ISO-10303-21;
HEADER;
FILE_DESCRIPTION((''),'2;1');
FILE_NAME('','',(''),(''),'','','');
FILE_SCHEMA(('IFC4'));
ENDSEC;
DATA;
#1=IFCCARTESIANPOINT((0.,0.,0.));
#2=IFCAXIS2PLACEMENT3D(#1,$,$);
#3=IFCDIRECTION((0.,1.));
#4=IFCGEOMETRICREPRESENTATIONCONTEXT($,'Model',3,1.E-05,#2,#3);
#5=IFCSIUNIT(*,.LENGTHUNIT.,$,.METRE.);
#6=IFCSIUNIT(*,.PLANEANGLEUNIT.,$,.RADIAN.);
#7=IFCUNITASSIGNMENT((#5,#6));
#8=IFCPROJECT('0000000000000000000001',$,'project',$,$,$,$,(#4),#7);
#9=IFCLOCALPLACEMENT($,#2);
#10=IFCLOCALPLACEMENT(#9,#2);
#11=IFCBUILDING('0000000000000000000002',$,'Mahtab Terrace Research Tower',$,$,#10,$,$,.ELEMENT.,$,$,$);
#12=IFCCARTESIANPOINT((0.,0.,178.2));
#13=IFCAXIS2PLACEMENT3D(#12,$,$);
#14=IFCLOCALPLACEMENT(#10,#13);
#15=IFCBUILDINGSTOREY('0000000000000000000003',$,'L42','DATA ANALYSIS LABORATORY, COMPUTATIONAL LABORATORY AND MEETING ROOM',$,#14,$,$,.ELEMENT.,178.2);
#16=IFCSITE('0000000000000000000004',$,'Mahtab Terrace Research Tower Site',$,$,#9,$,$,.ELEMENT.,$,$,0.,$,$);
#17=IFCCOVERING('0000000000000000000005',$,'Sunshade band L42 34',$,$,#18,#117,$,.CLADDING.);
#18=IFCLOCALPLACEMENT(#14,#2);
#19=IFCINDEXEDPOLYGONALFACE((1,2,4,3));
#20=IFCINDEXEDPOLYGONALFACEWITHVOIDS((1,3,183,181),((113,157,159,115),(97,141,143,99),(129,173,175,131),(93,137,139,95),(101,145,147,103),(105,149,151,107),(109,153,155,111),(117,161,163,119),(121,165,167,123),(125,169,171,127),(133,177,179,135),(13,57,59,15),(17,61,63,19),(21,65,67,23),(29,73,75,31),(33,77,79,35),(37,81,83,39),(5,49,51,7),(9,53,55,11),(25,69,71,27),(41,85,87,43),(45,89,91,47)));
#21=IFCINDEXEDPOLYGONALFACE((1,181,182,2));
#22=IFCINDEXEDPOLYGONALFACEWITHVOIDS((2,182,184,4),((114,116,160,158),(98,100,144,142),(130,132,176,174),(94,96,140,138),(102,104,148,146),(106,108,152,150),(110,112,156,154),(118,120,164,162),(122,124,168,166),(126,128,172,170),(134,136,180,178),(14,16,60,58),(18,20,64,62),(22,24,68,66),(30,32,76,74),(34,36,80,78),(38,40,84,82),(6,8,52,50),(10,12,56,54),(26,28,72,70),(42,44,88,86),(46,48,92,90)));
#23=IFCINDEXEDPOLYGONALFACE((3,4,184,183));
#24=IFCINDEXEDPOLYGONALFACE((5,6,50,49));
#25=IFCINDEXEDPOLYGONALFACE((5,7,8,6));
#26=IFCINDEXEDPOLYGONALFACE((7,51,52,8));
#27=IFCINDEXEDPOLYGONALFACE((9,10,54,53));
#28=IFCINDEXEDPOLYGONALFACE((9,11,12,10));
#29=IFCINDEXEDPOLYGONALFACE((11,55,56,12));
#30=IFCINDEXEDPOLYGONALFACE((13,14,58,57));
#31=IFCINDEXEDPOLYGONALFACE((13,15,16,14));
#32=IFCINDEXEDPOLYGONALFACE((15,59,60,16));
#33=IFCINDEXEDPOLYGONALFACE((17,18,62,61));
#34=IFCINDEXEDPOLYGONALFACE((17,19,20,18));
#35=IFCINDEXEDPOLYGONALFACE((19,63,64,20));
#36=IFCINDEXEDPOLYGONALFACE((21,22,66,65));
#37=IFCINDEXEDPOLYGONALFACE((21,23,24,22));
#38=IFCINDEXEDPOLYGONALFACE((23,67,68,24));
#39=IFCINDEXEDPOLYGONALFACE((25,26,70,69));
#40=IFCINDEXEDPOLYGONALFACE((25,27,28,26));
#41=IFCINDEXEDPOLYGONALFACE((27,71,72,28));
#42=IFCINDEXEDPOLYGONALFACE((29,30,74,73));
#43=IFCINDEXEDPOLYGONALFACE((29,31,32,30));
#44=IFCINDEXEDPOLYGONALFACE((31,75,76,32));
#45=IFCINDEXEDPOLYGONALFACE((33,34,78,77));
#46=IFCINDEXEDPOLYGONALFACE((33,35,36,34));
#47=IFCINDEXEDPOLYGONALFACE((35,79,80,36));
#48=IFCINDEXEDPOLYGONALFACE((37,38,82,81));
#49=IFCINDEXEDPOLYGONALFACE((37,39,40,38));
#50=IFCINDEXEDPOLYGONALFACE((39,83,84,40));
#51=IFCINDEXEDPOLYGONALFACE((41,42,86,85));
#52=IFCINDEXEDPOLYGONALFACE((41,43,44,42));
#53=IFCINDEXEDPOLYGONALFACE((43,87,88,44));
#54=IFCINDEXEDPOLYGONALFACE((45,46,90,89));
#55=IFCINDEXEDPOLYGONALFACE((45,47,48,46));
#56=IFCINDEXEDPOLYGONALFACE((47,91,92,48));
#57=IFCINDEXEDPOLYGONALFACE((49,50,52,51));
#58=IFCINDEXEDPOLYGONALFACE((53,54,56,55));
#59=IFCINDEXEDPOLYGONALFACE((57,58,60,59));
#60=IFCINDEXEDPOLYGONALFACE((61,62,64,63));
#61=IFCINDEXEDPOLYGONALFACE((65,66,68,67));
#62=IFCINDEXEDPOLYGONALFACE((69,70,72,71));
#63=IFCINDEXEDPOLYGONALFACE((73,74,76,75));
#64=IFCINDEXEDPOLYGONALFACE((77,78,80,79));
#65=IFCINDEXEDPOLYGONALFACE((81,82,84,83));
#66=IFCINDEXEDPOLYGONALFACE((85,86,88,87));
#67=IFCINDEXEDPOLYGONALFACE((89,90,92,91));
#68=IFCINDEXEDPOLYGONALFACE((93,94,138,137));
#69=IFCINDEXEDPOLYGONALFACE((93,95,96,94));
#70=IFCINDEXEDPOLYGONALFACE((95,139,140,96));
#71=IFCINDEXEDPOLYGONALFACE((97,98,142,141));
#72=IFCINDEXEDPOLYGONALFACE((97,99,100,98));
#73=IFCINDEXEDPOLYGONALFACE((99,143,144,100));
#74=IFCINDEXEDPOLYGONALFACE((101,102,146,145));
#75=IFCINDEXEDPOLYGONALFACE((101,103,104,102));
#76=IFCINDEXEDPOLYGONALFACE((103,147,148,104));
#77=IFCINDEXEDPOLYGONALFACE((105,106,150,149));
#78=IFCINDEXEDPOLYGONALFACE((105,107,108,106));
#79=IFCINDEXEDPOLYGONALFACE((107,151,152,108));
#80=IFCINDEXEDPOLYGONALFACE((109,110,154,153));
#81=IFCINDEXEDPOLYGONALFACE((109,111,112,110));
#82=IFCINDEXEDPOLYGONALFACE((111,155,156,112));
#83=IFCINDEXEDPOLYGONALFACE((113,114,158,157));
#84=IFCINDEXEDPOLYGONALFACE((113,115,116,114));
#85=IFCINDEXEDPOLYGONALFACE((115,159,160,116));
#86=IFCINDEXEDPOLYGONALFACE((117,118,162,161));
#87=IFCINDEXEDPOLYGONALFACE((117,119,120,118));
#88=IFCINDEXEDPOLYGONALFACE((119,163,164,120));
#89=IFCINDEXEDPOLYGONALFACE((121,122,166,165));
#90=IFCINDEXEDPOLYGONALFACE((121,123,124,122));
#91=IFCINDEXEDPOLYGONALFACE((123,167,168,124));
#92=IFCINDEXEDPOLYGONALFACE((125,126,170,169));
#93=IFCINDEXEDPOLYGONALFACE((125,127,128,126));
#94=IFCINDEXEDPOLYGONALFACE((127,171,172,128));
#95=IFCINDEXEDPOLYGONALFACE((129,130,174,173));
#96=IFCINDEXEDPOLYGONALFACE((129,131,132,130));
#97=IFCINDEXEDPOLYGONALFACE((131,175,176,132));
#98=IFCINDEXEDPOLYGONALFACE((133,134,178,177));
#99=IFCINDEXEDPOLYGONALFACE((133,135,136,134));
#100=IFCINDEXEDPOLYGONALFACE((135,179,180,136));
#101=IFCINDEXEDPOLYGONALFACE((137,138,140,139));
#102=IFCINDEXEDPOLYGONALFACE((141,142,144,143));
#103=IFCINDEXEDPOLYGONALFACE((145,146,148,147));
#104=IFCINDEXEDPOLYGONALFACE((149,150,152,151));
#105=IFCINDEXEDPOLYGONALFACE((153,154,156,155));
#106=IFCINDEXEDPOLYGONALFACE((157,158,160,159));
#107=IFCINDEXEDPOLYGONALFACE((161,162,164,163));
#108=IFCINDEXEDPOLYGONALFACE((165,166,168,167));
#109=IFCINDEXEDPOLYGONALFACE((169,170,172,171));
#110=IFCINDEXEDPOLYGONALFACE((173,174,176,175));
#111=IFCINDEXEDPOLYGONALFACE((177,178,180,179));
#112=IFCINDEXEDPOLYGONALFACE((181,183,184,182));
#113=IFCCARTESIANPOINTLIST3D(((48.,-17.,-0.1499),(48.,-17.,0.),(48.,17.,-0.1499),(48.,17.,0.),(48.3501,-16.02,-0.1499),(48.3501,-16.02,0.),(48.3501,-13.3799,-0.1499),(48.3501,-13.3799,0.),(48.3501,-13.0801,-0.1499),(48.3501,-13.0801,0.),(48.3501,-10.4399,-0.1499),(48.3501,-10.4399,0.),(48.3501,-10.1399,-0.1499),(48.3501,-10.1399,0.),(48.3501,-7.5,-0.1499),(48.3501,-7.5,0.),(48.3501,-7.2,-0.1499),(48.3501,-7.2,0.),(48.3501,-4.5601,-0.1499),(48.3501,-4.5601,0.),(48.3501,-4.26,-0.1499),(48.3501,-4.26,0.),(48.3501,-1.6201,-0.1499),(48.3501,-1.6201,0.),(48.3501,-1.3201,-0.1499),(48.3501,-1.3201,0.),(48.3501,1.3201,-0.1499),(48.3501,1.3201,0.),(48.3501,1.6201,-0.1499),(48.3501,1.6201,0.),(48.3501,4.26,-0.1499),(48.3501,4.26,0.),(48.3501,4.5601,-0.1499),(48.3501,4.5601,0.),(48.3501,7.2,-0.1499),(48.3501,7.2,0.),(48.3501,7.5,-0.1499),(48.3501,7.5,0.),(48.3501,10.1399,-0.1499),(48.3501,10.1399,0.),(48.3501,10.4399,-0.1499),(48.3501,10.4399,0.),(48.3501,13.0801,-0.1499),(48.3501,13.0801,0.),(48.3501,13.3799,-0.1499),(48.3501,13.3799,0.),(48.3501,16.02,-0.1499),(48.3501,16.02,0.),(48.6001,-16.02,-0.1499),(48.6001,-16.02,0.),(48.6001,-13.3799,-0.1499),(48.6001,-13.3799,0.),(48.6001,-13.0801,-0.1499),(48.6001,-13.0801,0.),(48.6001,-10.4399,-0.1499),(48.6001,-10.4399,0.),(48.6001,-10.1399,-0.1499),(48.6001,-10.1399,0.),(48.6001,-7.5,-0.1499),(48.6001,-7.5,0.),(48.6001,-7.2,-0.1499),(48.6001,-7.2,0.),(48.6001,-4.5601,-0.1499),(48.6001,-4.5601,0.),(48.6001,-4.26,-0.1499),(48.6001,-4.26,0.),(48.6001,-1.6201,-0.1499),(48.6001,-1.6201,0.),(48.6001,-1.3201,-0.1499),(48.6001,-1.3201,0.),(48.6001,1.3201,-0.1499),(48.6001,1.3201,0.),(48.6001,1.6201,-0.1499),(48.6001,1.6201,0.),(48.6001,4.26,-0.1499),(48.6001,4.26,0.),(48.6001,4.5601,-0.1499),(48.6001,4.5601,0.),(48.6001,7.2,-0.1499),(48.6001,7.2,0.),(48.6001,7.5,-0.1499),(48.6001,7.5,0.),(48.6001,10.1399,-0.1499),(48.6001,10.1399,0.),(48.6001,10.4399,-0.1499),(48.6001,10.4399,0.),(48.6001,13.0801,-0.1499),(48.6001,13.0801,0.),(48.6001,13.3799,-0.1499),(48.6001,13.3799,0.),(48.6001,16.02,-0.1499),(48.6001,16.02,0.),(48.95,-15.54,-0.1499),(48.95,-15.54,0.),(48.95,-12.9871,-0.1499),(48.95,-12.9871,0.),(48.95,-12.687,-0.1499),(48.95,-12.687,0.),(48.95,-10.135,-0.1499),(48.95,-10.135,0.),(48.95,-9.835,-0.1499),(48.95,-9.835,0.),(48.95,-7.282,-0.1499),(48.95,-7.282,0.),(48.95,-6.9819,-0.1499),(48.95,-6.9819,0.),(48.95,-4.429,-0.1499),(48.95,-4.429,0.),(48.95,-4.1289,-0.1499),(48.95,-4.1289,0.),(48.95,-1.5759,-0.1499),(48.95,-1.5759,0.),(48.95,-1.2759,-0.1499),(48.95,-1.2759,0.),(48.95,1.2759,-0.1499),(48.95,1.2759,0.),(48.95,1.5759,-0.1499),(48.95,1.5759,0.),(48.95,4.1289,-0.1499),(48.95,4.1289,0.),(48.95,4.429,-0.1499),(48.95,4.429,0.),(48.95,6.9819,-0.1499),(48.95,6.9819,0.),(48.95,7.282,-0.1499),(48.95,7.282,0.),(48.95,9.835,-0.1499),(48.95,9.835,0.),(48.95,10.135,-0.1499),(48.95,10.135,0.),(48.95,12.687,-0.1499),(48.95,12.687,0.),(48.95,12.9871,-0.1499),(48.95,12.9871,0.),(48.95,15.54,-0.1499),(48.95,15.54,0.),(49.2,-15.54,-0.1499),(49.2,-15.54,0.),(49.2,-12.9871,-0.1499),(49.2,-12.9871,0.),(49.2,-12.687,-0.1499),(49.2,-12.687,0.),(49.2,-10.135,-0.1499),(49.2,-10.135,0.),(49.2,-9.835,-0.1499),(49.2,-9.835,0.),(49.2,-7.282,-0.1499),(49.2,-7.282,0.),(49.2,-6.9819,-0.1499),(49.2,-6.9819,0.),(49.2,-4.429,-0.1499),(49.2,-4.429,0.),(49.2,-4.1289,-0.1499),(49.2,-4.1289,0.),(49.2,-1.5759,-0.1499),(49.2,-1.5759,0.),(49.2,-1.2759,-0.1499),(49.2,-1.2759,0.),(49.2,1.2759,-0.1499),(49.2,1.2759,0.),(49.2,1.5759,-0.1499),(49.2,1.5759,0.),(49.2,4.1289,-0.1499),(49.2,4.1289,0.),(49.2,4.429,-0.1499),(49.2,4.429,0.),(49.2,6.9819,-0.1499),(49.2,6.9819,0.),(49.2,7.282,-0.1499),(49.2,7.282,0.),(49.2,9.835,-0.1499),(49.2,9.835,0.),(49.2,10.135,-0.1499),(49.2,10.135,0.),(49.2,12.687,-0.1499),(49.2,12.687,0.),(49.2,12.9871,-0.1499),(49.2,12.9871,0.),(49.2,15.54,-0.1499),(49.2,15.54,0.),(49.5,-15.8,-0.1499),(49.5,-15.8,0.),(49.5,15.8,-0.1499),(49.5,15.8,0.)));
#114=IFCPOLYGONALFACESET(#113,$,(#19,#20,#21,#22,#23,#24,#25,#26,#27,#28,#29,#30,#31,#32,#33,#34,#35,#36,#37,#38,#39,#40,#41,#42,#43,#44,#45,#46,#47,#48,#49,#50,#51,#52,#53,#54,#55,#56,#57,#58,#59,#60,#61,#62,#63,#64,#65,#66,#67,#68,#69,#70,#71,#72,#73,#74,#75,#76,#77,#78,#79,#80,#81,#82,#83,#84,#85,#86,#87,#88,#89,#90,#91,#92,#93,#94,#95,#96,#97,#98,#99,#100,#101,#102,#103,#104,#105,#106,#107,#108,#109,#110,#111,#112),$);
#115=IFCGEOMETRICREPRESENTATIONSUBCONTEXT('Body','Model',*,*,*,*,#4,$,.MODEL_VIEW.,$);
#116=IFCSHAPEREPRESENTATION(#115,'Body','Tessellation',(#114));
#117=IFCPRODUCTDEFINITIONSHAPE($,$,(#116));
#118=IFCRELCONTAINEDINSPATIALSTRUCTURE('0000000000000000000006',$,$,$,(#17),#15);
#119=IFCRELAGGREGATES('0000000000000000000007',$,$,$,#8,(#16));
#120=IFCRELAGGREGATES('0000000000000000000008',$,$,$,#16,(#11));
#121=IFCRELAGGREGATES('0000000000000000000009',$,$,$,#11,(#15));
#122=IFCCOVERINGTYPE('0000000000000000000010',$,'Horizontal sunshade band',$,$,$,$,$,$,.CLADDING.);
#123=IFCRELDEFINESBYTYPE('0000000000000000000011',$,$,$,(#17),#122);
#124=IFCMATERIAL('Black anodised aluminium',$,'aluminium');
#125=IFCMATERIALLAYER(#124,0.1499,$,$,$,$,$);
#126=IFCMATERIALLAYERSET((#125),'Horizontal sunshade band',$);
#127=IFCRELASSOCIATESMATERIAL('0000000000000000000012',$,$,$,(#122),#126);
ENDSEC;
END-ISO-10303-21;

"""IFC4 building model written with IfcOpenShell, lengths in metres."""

from ifc_helpers import new_model, si_unit, direction, frame, origin, place, context, subcontext, project, spatial, polyline, outline, extrude, material, layer, layer_set, type_object, element, save


model = new_model("IFC4")

# Units and contexts
model_context = context("Model", 3, precision=1e-05, world=origin(), true_north=direction((0.0, 1.0)))
body_context = subcontext(model_context, "Body", "Model", "MODEL_VIEW")
ifc_project = project(units=[si_unit("LENGTHUNIT", "METRE"), si_unit("PLANEANGLEUNIT", "RADIAN")], contexts=[model_context])

# Site, building, storey
site_placement = place(None, origin())
site = spatial("IfcSite", under=ifc_project, at=site_placement, Name="Mahtab Terrace Research Tower Site", CompositionType="ELEMENT", RefElevation=0.0)
building_placement = place(site_placement, origin())
building = spatial("IfcBuilding", under=site, at=building_placement, Name="Mahtab Terrace Research Tower", CompositionType="ELEMENT")
storey_placement = place(building_placement, frame((0.0, 0.0, 178.2)))
storey = spatial("IfcBuildingStorey", under=building, at=storey_placement, Name="L42", Description="DATA ANALYSIS LABORATORY, COMPUTATIONAL LABORATORY AND MEETING ROOM", CompositionType="ELEMENT", Elevation=178.2)

# Covering
ifc_material_1 = material(Name="Black anodised aluminium", Category="aluminium")
ifc_layer_1 = layer(ifc_material_1, 0.1499)
ifc_layer_set_1 = layer_set([ifc_layer_1], Name="Horizontal sunshade band")
covering_type = type_object("IfcCoveringType", Name="Horizontal sunshade band", PredefinedType="CLADDING", material=ifc_layer_set_1)
covering_1_placement = place(storey_placement, frame((0.0, 0.0, -0.1499)))
element("IfcCovering", 1, at=covering_1_placement, inside=storey, type_object=covering_type, Name="Sunshade band L42 34", PredefinedType="CLADDING", context=body_context, shape_type="SweptSolid", body=[
    extrude(outline(polyline([(48.0, -17.0), (48.0, 17.0), (49.5, 15.8), (49.5, -15.8), (48.0, -17.0)]), holes=[polyline([(48.3501, -16.02), (48.3501, -13.3799), (48.6001, -13.3799), (48.6001, -16.02), (48.3501, -16.02)]), polyline([(48.3501, -13.0801), (48.3501, -10.4399), (48.6001, -10.4399), (48.6001, -13.0801), (48.3501, -13.0801)]), polyline([(48.3501, -10.1399), (48.3501, -7.5), (48.6001, -7.5), (48.6001, -10.1399), (48.3501, -10.1399)]), polyline([(48.3501, -7.2), (48.3501, -4.5601), (48.6001, -4.5601), (48.6001, -7.2), (48.3501, -7.2)]), polyline([(48.3501, -4.26), (48.3501, -1.6201), (48.6001, -1.6201), (48.6001, -4.26), (48.3501, -4.26)]), polyline([(48.3501, -1.3201), (48.3501, 1.3201), (48.6001, 1.3201), (48.6001, -1.3201), (48.3501, -1.3201)]), polyline([(48.3501, 1.6201), (48.3501, 4.26), (48.6001, 4.26), (48.6001, 1.6201), (48.3501, 1.6201)]), polyline([(48.3501, 4.5601), (48.3501, 7.2), (48.6001, 7.2), (48.6001, 4.5601), (48.3501, 4.5601)]), polyline([(48.3501, 7.5), (48.3501, 10.1399), (48.6001, 10.1399), (48.6001, 7.5), (48.3501, 7.5)]), polyline([(48.3501, 10.4399), (48.3501, 13.0801), (48.6001, 13.0801), (48.6001, 10.4399), (48.3501, 10.4399)]), polyline([(48.3501, 13.3799), (48.3501, 16.02), (48.6001, 16.02), (48.6001, 13.3799), (48.3501, 13.3799)]), polyline([(48.95, -15.54), (48.95, -12.9871), (49.2, -12.9871), (49.2, -15.54), (48.95, -15.54)]), polyline([(48.95, -12.687), (48.95, -10.135), (49.2, -10.135), (49.2, -12.687), (48.95, -12.687)]), polyline([(48.95, -9.835), (48.95, -7.282), (49.2, -7.282), (49.2, -9.835), (48.95, -9.835)]), polyline([(48.95, -6.9819), (48.95, -4.429), (49.2, -4.429), (49.2, -6.9819), (48.95, -6.9819)]), polyline([(48.95, -4.1289), (48.95, -1.5759), (49.2, -1.5759), (49.2, -4.1289), (48.95, -4.1289)]), polyline([(48.95, -1.2759), (48.95, 1.2759), (49.2, 1.2759), (49.2, -1.2759), (48.95, -1.2759)]), polyline([(48.95, 1.5759), (48.95, 4.1289), (49.2, 4.1289), (49.2, 1.5759), (48.95, 1.5759)]), polyline([(48.95, 4.429), (48.95, 6.9819), (49.2, 6.9819), (49.2, 4.429), (48.95, 4.429)]), polyline([(48.95, 7.282), (48.95, 9.835), (49.2, 9.835), (49.2, 7.282), (48.95, 7.282)]), polyline([(48.95, 10.135), (48.95, 12.687), (49.2, 12.687), (49.2, 10.135), (48.95, 10.135)]), polyline([(48.95, 12.9871), (48.95, 15.54), (49.2, 15.54), (49.2, 12.9871), (48.95, 12.9871)])]), origin(), (0.0, 0.0, 1.0), 0.1499),
])

save(model, "model.ifc")
